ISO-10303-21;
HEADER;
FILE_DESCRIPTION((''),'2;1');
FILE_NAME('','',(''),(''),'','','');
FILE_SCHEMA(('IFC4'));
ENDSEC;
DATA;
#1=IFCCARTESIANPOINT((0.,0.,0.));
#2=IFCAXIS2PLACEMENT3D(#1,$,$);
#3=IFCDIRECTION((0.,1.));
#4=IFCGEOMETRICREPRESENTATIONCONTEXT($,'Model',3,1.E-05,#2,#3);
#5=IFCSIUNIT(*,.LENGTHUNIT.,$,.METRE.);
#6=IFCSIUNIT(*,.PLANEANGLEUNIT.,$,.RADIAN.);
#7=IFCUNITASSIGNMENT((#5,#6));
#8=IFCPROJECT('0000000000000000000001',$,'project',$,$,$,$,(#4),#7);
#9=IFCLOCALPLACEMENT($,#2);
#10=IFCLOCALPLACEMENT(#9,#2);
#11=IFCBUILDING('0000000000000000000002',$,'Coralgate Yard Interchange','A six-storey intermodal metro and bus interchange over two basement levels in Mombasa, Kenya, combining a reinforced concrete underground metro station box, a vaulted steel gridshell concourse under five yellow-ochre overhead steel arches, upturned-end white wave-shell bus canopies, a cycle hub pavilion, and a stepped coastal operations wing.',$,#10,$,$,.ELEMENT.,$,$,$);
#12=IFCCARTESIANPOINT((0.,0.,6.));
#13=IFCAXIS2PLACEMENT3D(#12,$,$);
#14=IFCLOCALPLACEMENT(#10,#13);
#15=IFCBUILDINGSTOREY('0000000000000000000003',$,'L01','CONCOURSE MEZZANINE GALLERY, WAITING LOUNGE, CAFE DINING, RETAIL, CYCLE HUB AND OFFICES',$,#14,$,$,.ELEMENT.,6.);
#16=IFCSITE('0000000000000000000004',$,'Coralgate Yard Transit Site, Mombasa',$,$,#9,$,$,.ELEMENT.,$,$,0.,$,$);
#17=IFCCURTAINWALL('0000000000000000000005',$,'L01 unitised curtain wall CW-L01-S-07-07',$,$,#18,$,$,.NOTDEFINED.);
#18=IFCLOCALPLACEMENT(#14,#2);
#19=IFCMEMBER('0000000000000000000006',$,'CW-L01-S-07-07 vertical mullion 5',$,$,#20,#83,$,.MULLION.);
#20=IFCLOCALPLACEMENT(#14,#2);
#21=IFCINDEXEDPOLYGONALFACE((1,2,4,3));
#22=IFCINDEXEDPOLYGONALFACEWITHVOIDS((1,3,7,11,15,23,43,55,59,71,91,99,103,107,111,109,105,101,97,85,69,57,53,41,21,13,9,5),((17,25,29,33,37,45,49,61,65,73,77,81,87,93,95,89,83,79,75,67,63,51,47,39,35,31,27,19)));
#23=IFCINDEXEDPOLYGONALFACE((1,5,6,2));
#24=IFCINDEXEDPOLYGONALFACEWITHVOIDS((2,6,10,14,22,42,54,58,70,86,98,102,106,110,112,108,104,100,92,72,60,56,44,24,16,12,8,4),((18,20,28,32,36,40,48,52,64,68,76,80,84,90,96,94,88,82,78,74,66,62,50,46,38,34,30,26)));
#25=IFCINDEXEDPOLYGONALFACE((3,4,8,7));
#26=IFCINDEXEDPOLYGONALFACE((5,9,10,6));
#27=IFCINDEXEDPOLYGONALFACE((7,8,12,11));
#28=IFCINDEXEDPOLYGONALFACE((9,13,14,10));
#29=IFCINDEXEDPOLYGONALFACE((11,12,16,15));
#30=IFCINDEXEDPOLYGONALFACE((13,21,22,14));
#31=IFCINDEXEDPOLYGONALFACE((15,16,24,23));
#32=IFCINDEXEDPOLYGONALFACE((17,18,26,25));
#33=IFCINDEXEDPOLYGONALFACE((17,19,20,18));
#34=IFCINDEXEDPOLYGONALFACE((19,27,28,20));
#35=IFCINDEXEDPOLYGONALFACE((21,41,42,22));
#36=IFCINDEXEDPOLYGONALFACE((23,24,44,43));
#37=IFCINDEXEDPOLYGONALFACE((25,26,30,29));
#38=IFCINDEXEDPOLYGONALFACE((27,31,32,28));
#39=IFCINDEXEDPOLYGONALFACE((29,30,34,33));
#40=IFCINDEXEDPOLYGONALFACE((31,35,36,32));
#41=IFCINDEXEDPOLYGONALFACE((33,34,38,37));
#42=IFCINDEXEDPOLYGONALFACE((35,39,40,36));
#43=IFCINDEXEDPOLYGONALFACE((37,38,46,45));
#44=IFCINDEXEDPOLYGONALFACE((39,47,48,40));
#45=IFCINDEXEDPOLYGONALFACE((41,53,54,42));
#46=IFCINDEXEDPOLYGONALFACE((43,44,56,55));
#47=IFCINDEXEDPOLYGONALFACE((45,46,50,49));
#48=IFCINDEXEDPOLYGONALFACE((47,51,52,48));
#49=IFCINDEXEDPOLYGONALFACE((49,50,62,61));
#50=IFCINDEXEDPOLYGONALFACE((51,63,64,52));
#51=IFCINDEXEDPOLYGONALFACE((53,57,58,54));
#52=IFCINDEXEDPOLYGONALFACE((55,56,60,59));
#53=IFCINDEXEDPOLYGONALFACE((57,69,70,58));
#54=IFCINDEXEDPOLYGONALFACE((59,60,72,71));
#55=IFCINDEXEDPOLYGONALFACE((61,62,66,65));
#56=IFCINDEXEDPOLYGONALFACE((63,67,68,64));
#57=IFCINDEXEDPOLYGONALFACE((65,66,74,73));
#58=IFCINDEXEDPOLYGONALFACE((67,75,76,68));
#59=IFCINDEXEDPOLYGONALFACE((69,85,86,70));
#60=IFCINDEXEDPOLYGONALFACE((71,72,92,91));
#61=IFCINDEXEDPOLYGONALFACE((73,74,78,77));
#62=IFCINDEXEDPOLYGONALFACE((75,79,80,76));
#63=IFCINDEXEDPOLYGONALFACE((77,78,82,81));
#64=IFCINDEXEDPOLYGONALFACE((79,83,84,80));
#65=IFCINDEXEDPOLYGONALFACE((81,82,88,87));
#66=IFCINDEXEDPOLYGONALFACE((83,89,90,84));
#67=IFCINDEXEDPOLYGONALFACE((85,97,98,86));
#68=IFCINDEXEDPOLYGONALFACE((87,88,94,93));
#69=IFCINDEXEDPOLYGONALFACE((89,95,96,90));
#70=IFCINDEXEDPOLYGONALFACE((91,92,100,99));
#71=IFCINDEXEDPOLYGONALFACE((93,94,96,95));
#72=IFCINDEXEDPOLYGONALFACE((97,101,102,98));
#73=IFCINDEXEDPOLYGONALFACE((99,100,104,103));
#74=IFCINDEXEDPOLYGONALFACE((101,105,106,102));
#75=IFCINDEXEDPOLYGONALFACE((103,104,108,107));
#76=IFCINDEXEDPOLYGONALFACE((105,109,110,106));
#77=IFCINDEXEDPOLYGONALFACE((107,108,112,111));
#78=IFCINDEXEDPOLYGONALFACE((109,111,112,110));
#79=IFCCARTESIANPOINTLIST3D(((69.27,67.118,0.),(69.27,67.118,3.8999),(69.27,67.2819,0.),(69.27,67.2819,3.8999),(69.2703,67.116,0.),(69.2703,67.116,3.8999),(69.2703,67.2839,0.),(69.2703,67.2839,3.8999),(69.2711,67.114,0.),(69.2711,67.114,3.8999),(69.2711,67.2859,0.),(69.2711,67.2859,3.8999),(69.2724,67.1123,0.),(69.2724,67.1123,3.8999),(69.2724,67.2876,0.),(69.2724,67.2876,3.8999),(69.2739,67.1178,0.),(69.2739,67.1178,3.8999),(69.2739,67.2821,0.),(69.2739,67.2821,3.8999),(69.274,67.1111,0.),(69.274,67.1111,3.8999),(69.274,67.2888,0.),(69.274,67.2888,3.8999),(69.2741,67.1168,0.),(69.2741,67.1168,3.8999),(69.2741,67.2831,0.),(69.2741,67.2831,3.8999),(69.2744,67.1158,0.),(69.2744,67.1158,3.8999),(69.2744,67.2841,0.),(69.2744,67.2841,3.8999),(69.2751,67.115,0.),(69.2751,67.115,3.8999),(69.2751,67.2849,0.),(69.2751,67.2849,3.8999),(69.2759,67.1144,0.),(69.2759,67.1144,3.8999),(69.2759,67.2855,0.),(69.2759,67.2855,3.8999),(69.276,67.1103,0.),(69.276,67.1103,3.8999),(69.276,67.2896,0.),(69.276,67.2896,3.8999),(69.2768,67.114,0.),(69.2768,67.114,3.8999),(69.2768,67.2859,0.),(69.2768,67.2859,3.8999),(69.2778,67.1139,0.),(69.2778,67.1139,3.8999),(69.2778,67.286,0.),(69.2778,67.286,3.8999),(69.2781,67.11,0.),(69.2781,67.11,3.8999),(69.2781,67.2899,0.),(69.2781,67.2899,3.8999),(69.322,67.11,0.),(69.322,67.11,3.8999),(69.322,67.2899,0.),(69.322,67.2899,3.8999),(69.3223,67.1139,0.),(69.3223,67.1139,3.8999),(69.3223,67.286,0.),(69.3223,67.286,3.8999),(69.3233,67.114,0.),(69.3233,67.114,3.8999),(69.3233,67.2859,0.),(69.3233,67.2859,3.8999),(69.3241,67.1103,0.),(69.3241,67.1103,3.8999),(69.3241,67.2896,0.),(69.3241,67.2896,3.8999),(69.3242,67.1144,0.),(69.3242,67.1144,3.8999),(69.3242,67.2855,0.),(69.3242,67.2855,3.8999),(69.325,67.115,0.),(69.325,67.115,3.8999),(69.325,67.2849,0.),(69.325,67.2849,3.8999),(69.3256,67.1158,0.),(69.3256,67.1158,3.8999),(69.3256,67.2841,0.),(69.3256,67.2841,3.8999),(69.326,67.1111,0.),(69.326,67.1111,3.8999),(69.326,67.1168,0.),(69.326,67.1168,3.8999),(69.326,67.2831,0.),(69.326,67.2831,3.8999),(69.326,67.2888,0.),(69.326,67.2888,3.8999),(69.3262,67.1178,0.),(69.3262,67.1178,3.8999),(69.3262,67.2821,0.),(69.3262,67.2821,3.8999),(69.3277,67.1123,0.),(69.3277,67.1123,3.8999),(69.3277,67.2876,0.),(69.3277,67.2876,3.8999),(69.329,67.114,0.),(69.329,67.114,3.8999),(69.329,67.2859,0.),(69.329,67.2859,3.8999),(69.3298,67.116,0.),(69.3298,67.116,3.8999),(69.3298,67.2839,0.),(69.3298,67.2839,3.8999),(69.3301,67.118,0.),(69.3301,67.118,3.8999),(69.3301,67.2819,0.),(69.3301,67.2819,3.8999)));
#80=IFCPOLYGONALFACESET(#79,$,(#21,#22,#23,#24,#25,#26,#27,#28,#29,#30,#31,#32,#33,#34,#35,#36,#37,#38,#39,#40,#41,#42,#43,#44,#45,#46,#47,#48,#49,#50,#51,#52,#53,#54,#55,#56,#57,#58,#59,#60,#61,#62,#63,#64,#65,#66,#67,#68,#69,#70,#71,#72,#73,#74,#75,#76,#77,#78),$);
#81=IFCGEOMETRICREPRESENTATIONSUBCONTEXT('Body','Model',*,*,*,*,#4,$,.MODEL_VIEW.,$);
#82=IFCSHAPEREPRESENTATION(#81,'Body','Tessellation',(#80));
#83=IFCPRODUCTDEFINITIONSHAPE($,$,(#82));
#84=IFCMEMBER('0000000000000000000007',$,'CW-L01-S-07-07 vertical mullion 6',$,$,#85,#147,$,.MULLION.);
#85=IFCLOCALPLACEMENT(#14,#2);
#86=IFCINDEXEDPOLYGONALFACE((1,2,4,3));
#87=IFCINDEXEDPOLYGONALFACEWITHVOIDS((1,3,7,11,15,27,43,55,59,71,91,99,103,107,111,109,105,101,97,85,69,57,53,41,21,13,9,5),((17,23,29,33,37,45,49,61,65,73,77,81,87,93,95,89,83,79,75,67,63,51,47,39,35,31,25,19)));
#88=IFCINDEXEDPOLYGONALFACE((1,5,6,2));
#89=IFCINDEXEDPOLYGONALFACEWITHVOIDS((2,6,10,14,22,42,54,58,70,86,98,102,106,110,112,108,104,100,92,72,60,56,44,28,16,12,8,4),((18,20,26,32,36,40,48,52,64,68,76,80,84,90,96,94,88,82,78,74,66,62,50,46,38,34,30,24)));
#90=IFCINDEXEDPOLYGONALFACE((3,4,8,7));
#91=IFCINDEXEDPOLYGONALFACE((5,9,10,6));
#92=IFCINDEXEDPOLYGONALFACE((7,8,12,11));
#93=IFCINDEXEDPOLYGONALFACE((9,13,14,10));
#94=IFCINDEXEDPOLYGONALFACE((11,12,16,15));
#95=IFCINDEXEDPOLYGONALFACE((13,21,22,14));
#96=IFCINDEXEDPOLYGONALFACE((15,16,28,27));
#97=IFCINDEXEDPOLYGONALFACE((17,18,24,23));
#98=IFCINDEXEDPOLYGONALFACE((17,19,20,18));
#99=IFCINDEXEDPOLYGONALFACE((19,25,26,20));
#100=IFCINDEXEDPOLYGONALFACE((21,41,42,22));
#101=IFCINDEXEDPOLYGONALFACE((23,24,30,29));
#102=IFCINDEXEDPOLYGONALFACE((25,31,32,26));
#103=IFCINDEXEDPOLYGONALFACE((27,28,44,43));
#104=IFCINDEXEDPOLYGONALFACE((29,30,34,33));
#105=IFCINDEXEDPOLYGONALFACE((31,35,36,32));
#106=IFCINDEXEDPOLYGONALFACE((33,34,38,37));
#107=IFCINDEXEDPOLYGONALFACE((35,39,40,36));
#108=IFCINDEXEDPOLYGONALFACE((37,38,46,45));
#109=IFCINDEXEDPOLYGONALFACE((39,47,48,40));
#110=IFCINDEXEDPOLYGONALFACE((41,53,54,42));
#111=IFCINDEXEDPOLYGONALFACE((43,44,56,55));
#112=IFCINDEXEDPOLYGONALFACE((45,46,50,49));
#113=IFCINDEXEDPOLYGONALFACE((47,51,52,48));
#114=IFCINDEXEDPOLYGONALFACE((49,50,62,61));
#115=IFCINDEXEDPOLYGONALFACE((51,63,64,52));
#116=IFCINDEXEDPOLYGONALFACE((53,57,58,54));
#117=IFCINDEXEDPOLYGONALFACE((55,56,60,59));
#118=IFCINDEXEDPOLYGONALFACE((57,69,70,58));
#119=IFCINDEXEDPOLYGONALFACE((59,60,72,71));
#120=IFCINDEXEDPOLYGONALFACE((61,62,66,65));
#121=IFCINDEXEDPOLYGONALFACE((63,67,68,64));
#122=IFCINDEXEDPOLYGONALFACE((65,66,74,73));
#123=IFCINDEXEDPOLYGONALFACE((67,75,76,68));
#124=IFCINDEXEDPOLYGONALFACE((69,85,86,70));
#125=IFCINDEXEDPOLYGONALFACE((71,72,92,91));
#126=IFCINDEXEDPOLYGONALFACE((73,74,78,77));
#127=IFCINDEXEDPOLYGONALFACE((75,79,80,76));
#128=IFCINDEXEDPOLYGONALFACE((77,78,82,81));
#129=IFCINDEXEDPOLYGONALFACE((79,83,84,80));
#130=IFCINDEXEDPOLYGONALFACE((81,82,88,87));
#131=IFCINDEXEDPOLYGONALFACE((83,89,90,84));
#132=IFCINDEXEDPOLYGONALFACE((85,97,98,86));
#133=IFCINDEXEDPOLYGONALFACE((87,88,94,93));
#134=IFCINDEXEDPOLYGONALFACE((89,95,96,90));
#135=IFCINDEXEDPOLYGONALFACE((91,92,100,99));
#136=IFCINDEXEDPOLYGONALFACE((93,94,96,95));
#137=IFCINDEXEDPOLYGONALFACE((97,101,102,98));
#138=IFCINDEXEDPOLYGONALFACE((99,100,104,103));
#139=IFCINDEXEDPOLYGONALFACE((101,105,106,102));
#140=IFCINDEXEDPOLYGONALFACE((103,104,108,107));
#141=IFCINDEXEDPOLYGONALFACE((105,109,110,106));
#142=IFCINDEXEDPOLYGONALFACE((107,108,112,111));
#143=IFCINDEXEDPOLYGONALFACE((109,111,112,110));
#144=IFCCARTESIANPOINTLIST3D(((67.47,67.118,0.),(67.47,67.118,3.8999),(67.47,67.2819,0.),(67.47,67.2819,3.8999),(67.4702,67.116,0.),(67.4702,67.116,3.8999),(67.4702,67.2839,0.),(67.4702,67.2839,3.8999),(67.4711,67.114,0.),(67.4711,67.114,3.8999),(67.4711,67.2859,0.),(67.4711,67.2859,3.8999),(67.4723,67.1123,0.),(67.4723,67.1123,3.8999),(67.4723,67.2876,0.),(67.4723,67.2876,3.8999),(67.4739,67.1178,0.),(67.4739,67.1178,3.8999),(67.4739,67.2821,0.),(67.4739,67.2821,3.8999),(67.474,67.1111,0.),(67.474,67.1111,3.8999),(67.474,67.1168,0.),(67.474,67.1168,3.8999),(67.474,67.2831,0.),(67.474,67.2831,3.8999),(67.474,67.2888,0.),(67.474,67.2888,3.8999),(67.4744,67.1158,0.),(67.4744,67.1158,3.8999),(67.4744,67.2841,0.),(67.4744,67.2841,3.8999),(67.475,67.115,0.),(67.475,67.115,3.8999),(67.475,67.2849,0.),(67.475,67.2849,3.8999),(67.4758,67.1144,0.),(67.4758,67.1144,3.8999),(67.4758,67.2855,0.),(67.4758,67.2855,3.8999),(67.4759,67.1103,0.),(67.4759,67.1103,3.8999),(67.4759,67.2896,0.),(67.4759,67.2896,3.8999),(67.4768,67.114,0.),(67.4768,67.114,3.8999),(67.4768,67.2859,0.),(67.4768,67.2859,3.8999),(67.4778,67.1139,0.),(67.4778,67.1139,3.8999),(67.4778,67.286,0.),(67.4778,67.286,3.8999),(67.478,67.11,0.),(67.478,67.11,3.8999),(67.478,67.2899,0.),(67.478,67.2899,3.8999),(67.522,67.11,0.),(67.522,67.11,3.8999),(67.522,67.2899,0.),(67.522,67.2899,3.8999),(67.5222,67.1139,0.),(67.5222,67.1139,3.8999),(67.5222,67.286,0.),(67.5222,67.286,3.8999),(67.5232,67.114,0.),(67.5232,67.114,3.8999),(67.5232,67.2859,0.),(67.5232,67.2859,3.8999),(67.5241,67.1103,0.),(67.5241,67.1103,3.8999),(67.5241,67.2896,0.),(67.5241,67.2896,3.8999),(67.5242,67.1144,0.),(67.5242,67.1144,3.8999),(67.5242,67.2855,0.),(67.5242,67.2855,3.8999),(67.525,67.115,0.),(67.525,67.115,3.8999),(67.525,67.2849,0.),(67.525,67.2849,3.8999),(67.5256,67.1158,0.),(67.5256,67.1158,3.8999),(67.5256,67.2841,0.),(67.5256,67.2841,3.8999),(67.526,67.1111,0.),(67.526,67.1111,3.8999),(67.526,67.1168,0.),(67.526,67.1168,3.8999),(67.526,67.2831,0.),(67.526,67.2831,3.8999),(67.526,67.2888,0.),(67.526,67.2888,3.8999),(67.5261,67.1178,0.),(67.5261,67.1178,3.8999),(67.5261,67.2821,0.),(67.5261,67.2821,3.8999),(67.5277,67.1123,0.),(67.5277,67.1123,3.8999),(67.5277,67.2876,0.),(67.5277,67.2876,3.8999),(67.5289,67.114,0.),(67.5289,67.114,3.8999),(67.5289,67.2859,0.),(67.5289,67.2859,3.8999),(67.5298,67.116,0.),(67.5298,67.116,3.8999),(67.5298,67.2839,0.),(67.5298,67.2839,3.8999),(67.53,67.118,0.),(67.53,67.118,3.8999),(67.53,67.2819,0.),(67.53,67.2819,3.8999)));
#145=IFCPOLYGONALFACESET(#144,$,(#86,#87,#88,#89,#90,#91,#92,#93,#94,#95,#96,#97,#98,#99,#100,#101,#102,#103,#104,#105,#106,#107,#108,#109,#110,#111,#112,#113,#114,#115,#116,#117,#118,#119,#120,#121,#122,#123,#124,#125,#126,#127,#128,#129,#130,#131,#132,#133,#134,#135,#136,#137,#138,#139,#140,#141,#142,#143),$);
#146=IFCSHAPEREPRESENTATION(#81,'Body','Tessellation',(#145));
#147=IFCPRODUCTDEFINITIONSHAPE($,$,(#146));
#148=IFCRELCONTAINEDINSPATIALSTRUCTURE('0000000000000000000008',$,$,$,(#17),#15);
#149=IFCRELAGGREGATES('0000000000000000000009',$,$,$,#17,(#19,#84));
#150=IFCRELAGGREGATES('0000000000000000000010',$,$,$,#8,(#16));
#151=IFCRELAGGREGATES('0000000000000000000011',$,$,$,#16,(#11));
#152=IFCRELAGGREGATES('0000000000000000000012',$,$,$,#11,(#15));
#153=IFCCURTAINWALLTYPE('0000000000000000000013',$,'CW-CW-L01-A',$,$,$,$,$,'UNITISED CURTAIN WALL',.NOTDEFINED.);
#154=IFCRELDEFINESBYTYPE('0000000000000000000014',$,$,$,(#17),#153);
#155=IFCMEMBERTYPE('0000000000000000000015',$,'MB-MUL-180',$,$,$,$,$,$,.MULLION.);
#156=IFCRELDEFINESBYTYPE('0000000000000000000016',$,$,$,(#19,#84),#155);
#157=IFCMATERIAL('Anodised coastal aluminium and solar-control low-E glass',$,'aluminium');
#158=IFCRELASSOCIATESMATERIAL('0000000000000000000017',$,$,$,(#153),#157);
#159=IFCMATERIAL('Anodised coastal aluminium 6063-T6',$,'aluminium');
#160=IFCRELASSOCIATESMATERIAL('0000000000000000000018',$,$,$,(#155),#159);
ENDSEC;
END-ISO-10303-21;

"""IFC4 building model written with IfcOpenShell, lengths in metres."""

from ifc_helpers import new_model, si_unit, direction, frame, origin, origin_2d, place, context, subcontext, project, spatial, hollow_rectangle, extrude, material, material_profile, profile_set, type_object, element, aggregate, save


model = new_model("IFC4")

# Units and contexts
model_context = context("Model", 3, precision=1e-05, world=origin(), true_north=direction((0.0, 1.0)))
body_context = subcontext(model_context, "Body", "Model", "MODEL_VIEW")
ifc_project = project(units=[si_unit("LENGTHUNIT", "METRE"), si_unit("PLANEANGLEUNIT", "RADIAN")], contexts=[model_context])

# Site, building, storey
site_placement = place(None, origin())
site = spatial("IfcSite", under=ifc_project, at=site_placement, Name="Coralgate Yard Transit Site, Mombasa", CompositionType="ELEMENT", RefElevation=0.0)
building_placement = place(site_placement, origin())
building = spatial("IfcBuilding", under=site, at=building_placement, Name="Coralgate Yard Interchange", Description="A six-storey intermodal metro and bus interchange over two basement levels in Mombasa, Kenya, combining a reinforced concrete underground metro station box, a vaulted steel gridshell concourse under five yellow-ochre overhead steel arches, upturned-end white wave-shell bus canopies, a cycle hub pavilion, and a stepped coastal operations wing.", CompositionType="ELEMENT")
storey_placement = place(building_placement, frame((0.0, 0.0, 6.0)))
storey = spatial("IfcBuildingStorey", under=building, at=storey_placement, Name="L01", Description="CONCOURSE MEZZANINE GALLERY, WAITING LOUNGE, CAFE DINING, RETAIL, CYCLE HUB AND OFFICES", CompositionType="ELEMENT", Elevation=6.0)

# Shared definitions
ifc_material_1 = material(Name="Anodised coastal aluminium and solar-control low-E glass", Category="aluminium")
curtain_wall_type = type_object("IfcCurtainWallType", Name="CW-CW-L01-A", ElementType="UNITISED CURTAIN WALL", PredefinedType="NOTDEFINED", material=ifc_material_1)
ifc_material_2 = material(Name="Anodised coastal aluminium 6063-T6", Category="aluminium")
ifc_material_profile_1 = material_profile(ifc_material_2, hollow_rectangle(XDim=0.0601, YDim=0.1799, WallThickness=0.0039, InnerFilletRadius=0.0039, OuterFilletRadius=0.0081, at=origin_2d()), Name="ALU 60x180x4")
ifc_profile_set_1 = profile_set([ifc_material_profile_1], Name="Anodised coastal aluminium 6063-T6")
member_type_1 = type_object("IfcMemberType", Name="MB-MUL-180", PredefinedType="MULLION", material=ifc_profile_set_1)

# Curtain wall, members
curtain_wall_1_placement = place(storey_placement, origin())
curtain_wall_1 = element("IfcCurtainWall", 1, at=curtain_wall_1_placement, inside=storey, type_object=curtain_wall_type, Name="L01 unitised curtain wall CW-L01-S-07-07", PredefinedType="NOTDEFINED")
member_1_placement = place(storey_placement, frame((69.3, 67.2, 0.0), z_axis=(0.0, 0.0, 1.0), x_axis=(1.0, 0.0, 0.0)))
member_1 = element("IfcMember", 2, at=member_1_placement, type_object=member_type_1, Name="CW-L01-S-07-07 vertical mullion 5", PredefinedType="MULLION", context=body_context, shape_type="SweptSolid", body=[
    extrude(hollow_rectangle(XDim=0.0601, YDim=0.1799, WallThickness=0.0039, InnerFilletRadius=0.0039, OuterFilletRadius=0.0081, at=origin_2d()), origin(), (0.0, 0.0, 1.0), 3.8999),
])
member_2_placement = place(storey_placement, frame((67.5, 67.2, 0.0), z_axis=(0.0, 0.0, 1.0), x_axis=(1.0, 0.0, 0.0)))
member_2 = element("IfcMember", 3, at=member_2_placement, type_object=member_type_1, Name="CW-L01-S-07-07 vertical mullion 6", PredefinedType="MULLION", context=body_context, shape_type="SweptSolid", body=[
    extrude(hollow_rectangle(XDim=0.0601, YDim=0.1799, WallThickness=0.0039, InnerFilletRadius=0.0039, OuterFilletRadius=0.0081, at=origin_2d()), origin(), (0.0, 0.0, 1.0), 3.8999),
])

aggregate(curtain_wall_1, [member_1, member_2])

save(model, "model.ifc")
